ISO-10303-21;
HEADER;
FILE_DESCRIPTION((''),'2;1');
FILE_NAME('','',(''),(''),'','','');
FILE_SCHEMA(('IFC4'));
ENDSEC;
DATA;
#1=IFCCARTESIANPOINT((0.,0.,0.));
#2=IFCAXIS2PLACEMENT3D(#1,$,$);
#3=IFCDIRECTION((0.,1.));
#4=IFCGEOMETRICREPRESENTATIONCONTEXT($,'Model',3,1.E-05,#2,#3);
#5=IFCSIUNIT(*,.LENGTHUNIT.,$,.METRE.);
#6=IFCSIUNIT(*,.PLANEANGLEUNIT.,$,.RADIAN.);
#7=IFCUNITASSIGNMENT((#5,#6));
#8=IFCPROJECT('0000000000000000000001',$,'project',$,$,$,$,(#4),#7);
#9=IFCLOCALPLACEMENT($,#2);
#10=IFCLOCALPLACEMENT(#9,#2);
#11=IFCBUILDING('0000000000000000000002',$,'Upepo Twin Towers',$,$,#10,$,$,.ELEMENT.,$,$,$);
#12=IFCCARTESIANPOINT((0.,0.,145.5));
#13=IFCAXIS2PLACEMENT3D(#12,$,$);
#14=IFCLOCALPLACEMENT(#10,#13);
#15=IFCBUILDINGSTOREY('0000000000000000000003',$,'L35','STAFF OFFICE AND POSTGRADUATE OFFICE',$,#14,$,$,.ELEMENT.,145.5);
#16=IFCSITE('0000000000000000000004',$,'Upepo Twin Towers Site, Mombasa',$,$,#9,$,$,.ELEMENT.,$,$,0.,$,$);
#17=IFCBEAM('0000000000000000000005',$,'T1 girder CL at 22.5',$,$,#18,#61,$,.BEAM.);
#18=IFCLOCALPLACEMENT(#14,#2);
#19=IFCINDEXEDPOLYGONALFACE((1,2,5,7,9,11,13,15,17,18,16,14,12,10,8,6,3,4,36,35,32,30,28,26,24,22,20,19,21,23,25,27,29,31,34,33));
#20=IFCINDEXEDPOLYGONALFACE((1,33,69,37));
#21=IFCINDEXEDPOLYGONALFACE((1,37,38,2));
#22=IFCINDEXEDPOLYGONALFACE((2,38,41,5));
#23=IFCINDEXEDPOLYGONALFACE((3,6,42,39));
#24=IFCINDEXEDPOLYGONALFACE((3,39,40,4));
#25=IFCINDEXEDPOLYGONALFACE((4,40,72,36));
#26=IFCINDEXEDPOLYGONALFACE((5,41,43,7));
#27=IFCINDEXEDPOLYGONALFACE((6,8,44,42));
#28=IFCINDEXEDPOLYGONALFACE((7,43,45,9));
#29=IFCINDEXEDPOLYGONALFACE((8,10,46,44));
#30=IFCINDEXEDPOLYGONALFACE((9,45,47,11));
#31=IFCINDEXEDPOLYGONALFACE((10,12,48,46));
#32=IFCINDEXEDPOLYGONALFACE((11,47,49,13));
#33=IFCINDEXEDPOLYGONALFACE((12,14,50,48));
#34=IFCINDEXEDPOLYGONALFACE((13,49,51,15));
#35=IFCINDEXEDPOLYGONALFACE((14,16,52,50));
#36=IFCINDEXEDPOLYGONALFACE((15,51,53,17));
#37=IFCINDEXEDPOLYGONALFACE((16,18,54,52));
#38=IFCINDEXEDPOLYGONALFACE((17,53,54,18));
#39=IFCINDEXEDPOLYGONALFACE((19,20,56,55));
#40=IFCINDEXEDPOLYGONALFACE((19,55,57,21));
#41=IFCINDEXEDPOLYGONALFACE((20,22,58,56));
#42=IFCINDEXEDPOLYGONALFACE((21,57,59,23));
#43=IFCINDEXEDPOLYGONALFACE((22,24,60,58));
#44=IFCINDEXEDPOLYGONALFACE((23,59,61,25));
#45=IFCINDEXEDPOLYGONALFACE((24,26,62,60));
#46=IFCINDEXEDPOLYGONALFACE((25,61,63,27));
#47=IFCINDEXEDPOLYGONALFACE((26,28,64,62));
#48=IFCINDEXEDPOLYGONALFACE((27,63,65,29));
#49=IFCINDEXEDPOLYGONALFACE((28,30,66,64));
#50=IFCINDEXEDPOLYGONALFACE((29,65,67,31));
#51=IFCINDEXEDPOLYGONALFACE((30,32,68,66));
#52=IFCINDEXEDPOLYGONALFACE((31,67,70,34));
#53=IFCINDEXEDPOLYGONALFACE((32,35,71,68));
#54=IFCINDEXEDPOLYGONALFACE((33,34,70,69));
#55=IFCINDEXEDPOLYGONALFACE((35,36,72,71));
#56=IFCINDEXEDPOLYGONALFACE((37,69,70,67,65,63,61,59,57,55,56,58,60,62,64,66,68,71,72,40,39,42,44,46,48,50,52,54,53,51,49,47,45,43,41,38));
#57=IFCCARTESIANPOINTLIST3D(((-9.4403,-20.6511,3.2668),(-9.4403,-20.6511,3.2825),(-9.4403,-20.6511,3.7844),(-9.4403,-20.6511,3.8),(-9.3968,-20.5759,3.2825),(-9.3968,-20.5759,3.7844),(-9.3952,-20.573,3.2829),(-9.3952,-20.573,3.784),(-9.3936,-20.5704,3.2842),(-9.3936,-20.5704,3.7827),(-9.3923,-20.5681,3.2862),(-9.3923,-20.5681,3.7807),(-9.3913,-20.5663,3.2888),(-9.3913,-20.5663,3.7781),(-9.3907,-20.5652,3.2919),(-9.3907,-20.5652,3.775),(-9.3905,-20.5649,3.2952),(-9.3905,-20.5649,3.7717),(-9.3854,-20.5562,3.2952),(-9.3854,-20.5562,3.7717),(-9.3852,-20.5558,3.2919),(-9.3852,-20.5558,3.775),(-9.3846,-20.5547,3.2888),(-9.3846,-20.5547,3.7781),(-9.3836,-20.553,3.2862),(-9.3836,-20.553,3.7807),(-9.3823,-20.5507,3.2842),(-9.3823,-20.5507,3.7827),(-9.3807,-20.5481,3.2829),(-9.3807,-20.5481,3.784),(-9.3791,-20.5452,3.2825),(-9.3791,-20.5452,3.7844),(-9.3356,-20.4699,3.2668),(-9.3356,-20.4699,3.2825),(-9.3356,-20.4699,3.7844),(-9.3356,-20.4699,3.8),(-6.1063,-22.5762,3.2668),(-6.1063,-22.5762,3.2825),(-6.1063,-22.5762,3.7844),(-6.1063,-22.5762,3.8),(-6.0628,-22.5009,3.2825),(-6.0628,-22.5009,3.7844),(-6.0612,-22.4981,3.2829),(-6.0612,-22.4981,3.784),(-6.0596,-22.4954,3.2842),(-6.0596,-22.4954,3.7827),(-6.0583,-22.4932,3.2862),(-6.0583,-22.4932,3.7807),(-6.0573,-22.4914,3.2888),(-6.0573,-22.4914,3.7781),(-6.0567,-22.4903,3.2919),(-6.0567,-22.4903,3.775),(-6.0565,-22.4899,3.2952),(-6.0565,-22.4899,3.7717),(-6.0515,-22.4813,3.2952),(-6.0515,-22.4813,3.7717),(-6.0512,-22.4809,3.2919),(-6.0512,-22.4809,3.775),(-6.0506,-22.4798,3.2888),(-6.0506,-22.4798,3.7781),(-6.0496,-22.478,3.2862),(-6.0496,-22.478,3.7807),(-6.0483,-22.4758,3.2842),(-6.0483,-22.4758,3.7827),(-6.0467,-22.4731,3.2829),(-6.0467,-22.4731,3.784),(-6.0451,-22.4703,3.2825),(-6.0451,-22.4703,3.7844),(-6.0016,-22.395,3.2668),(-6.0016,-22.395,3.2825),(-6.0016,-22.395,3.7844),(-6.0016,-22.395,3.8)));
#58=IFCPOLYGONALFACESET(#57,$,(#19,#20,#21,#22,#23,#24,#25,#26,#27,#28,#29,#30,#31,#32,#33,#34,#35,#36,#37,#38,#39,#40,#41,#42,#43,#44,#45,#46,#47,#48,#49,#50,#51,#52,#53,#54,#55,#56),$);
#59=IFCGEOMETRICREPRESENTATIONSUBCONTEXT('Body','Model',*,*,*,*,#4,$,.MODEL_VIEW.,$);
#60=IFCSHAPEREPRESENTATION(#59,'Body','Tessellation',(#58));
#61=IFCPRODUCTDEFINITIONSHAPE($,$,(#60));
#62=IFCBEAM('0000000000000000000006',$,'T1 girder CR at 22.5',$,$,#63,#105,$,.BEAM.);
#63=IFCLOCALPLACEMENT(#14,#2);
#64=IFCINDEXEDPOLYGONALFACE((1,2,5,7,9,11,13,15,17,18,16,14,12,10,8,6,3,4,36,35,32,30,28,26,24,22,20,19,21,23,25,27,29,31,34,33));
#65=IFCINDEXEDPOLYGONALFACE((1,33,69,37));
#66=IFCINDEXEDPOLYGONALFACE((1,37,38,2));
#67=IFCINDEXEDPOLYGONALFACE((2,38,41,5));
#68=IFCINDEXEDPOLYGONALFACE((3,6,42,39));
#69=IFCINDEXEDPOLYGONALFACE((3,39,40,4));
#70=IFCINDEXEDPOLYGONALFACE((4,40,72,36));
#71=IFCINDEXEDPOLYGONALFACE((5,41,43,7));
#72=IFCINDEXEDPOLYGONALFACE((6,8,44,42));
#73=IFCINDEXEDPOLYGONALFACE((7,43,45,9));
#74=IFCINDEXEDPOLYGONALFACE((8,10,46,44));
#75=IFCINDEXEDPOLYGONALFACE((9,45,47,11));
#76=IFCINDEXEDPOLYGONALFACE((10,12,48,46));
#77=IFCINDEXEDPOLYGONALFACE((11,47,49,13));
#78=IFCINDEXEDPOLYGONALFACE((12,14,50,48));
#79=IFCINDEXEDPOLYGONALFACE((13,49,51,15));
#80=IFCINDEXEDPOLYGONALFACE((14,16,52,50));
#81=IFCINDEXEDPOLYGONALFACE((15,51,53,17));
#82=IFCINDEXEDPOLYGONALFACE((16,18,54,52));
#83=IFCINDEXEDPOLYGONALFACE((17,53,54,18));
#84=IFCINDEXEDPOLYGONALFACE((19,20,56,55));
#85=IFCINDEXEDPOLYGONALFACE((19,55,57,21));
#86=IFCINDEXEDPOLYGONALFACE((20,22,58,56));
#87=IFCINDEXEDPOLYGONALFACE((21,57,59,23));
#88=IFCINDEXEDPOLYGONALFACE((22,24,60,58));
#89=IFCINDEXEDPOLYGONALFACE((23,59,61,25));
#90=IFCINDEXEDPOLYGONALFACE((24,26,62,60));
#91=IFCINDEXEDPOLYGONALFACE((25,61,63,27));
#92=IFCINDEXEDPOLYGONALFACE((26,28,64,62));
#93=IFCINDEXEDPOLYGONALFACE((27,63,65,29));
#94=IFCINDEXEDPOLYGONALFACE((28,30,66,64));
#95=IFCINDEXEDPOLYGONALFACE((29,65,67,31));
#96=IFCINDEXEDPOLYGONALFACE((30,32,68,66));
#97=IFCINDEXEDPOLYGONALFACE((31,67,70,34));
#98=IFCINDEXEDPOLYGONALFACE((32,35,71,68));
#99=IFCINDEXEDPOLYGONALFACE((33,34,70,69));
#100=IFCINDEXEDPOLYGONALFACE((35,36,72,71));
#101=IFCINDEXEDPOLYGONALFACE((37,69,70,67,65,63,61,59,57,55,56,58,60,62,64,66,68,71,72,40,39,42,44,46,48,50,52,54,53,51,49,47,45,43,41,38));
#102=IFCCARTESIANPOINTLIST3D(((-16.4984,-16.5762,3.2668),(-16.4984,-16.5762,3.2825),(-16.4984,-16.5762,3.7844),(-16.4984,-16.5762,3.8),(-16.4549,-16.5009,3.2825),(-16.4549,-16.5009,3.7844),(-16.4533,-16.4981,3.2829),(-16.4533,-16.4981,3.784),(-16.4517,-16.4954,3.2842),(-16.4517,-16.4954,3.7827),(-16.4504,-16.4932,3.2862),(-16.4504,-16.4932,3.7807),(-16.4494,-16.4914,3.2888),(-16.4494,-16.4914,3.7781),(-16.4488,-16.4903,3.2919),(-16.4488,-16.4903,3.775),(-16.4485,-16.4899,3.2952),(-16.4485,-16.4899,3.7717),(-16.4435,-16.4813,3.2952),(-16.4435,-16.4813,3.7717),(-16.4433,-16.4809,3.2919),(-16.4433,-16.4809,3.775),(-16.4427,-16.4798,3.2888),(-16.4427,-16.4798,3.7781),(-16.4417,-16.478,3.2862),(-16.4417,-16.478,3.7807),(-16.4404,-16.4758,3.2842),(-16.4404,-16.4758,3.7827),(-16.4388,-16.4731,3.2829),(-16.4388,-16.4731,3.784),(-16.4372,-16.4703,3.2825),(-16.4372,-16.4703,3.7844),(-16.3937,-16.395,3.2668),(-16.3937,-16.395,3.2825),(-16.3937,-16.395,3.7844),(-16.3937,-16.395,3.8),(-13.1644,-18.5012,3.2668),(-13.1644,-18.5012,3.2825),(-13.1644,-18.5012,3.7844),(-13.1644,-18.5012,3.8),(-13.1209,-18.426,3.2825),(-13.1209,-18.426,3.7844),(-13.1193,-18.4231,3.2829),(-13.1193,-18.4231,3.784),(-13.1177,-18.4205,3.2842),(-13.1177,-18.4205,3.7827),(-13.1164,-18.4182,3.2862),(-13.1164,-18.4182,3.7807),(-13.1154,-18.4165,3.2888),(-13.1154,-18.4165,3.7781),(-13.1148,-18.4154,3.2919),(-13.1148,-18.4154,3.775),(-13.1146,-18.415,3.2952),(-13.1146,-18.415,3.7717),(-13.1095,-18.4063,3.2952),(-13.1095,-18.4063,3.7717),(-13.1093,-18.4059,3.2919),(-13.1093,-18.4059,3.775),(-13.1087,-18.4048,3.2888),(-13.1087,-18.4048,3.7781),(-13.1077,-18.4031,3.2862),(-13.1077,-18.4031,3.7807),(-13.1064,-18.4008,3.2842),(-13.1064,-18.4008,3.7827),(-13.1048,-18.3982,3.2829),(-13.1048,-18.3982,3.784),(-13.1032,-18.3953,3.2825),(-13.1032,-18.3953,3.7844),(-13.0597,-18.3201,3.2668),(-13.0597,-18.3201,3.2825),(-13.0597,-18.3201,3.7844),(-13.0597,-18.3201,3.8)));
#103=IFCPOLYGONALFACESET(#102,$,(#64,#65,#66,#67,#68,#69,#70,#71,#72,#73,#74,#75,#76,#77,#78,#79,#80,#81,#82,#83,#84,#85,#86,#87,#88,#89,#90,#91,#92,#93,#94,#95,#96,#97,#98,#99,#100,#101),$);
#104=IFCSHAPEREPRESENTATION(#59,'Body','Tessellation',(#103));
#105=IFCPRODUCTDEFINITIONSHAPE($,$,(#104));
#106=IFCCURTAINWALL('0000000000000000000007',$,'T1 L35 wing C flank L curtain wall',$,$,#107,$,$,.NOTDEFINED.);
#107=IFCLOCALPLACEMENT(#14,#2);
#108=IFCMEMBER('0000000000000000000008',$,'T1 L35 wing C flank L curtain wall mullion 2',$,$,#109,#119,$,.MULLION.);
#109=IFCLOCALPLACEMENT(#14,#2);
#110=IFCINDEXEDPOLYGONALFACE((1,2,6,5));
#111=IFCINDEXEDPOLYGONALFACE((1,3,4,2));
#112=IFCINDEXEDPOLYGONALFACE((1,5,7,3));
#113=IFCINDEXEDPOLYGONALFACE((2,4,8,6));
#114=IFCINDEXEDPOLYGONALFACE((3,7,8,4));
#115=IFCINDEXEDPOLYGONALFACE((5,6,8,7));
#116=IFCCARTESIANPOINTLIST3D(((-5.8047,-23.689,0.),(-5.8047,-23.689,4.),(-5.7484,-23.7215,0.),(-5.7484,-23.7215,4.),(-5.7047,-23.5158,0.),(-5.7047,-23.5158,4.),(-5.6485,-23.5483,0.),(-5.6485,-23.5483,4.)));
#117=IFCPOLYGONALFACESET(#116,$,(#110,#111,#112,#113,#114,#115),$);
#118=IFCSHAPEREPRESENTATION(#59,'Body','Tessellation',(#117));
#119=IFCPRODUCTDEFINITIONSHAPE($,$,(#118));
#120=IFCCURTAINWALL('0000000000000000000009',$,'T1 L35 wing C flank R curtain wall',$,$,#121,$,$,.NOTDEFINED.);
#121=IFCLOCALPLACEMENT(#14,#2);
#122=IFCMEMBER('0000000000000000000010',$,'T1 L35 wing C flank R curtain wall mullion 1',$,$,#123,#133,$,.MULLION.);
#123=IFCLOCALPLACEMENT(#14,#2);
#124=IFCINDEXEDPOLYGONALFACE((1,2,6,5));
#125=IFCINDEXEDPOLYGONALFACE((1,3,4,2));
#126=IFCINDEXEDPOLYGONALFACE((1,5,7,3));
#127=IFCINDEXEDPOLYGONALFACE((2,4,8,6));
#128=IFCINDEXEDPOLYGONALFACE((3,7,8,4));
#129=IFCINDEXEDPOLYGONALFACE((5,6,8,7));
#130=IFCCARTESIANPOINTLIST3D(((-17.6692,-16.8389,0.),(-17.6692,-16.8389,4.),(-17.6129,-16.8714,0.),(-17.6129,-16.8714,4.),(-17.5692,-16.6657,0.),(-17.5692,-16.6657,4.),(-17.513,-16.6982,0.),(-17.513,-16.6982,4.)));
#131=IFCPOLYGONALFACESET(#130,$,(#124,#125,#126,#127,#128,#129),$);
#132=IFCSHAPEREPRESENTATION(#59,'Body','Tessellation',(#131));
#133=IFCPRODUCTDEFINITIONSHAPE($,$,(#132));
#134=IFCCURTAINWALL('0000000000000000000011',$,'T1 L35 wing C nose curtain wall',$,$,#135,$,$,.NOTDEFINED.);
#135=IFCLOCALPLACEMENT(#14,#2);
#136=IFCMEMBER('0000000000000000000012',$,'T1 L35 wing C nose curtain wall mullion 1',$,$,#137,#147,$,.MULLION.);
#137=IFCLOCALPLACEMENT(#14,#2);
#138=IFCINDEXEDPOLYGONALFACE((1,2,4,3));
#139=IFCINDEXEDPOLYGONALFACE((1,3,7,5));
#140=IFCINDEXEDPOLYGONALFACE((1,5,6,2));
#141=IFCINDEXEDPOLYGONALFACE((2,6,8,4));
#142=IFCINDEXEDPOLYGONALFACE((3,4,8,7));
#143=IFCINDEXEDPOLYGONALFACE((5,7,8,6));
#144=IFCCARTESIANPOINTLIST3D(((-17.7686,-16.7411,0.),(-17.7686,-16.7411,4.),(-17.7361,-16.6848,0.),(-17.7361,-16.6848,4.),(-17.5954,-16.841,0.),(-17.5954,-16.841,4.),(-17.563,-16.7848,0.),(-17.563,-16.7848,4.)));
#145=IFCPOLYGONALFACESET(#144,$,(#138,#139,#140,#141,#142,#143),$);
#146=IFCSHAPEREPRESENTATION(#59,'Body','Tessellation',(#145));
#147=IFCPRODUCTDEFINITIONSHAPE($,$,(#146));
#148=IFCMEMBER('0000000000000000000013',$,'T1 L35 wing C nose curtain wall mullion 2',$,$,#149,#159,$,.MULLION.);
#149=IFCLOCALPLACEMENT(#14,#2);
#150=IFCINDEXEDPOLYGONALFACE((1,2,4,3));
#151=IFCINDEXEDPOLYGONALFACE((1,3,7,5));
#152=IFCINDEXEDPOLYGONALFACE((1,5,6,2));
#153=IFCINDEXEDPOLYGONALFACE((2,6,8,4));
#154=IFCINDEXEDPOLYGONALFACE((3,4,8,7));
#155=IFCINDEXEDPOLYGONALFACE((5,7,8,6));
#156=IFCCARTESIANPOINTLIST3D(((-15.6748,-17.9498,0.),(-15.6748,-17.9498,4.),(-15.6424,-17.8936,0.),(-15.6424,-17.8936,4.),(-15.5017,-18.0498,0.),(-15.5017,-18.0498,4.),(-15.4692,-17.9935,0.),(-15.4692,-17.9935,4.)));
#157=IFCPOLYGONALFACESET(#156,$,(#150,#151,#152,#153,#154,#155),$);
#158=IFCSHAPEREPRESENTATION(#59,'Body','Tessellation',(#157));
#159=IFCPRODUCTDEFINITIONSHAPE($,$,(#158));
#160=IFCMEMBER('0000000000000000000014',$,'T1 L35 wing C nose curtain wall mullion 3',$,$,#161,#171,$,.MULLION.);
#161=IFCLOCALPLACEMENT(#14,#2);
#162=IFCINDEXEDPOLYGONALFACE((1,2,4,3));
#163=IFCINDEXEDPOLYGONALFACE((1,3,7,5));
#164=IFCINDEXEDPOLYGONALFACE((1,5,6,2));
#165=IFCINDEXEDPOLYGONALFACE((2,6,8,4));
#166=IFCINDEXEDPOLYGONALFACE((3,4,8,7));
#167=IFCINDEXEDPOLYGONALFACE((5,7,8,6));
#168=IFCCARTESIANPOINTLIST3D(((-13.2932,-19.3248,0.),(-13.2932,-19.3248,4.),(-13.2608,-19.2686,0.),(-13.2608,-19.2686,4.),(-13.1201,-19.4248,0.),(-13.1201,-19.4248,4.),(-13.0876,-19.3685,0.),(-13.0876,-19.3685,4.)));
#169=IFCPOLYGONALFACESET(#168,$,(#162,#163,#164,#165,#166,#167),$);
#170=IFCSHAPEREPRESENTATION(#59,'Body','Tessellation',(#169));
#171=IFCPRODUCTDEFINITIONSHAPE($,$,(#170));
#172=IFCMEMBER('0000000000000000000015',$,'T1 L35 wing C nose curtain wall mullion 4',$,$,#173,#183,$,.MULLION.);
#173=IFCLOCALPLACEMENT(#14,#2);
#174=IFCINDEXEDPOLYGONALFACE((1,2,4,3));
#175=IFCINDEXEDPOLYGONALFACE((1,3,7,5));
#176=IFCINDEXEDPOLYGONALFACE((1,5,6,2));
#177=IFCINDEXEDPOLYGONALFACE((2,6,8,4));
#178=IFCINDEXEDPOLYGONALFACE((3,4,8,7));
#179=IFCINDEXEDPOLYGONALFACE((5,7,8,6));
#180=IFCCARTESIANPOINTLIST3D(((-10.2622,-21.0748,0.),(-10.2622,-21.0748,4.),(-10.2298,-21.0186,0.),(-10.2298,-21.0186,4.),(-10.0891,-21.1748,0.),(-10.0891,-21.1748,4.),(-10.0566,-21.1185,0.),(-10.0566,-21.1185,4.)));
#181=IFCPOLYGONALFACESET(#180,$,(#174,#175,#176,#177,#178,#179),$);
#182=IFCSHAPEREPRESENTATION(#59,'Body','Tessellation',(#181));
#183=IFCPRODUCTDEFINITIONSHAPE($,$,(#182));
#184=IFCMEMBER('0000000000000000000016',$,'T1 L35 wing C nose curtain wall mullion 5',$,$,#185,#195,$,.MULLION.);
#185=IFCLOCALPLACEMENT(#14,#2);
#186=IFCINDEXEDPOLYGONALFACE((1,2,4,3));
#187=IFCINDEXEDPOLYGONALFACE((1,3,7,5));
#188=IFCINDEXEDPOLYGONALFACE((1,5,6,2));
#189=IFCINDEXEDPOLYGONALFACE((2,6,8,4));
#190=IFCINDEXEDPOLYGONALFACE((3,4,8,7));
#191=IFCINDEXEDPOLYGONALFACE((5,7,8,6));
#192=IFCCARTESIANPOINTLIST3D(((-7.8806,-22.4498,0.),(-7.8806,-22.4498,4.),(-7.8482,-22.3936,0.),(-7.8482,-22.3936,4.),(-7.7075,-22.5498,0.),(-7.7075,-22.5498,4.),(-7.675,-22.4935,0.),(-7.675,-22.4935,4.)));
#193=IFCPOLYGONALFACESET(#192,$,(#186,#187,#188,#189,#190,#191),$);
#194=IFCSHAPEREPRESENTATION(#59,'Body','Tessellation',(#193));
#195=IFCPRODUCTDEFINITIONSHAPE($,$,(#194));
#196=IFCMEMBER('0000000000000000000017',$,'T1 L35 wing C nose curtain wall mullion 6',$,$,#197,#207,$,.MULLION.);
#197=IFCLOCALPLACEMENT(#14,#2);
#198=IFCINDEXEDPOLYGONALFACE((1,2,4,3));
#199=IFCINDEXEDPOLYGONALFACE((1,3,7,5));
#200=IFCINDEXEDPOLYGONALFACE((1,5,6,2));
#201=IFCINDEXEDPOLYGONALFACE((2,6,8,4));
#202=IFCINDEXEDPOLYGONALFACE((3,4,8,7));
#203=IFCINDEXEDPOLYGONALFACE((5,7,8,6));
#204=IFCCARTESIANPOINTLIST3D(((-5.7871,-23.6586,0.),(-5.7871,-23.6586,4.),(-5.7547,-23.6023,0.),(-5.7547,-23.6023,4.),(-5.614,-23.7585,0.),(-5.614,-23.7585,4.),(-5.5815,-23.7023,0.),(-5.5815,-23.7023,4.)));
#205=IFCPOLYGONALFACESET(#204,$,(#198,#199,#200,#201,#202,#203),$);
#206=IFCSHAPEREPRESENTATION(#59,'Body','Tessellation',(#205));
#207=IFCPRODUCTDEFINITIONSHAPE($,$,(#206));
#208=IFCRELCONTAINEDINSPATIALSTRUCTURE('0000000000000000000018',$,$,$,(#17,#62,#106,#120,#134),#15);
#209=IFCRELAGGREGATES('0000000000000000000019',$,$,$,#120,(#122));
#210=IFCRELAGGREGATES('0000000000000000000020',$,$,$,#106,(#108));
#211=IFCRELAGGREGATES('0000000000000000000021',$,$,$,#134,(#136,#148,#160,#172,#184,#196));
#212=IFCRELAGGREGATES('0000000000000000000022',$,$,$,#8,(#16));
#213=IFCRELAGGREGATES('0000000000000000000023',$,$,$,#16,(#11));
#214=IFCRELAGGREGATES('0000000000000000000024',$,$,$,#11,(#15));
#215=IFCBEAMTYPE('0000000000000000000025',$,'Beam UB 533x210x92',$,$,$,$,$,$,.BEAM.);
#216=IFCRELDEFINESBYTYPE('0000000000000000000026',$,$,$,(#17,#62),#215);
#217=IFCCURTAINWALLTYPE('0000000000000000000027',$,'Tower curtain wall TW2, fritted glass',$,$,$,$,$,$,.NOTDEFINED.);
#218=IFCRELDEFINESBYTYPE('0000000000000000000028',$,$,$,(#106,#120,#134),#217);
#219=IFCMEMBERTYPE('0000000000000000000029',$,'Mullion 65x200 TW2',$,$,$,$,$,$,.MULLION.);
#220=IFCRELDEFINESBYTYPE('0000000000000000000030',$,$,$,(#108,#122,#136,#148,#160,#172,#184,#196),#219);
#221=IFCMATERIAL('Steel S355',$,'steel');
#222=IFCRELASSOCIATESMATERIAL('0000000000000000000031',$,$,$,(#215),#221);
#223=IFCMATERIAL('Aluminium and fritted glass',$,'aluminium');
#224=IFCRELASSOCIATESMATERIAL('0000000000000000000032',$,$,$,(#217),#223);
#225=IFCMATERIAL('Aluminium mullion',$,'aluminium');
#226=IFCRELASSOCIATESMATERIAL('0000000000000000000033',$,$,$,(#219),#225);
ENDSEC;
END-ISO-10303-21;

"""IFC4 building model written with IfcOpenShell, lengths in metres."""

from ifc_helpers import new_model, si_unit, direction, frame, origin, origin_2d, place, context, subcontext, project, spatial, rectangle, i_section, extrude, material, material_profile, profile_set, type_object, element, aggregate, save


model = new_model("IFC4")

# Units and contexts
model_context = context("Model", 3, precision=1e-05, world=origin(), true_north=direction((0.0, 1.0)))
body_context = subcontext(model_context, "Body", "Model", "MODEL_VIEW")
ifc_project = project(units=[si_unit("LENGTHUNIT", "METRE"), si_unit("PLANEANGLEUNIT", "RADIAN")], contexts=[model_context])

# Site, building, storey
site_placement = place(None, origin())
site = spatial("IfcSite", under=ifc_project, at=site_placement, Name="Upepo Twin Towers Site, Mombasa", CompositionType="ELEMENT", RefElevation=0.0)
building_placement = place(site_placement, origin())
building = spatial("IfcBuilding", under=site, at=building_placement, Name="Upepo Twin Towers", CompositionType="ELEMENT")
storey_placement = place(building_placement, frame((0.0, 0.0, 145.5)))
storey = spatial("IfcBuildingStorey", under=building, at=storey_placement, Name="L35", Description="STAFF OFFICE AND POSTGRADUATE OFFICE", CompositionType="ELEMENT", Elevation=145.5)

# Beams
ifc_material_1 = material(Name="Steel S355", Category="steel")
ifc_material_profile_1 = material_profile(ifc_material_1, i_section(OverallWidth=0.2092, OverallDepth=0.5332, WebThickness=0.01, FlangeThickness=0.0156, FilletRadius=0.0127, at=origin_2d()), Name="UB 533x210x92")
ifc_profile_set_1 = profile_set([ifc_material_profile_1], Name="Steel S355")
beam_type_1 = type_object("IfcBeamType", Name="Beam UB 533x210x92", PredefinedType="BEAM", material=ifc_profile_set_1)
for number, where, z_axis, x_axis, name in (
    (1, (-6.054, -22.4856, 3.5334), (-0.866006, 0.500034, 0.0), (-0.500034, -0.866006, 0.0), "T1 girder CL at 22.5"),
    (2, (-16.446, -16.4856, 3.5334), (0.866006, -0.500034, 0.0), (0.500034, 0.866006, 0.0), "T1 girder CR at 22.5"),
):
    element("IfcBeam", number, at=place(storey_placement, frame(where, z_axis=z_axis, x_axis=x_axis)), inside=storey, type_object=beam_type_1, Name=name, PredefinedType="BEAM", context=body_context, shape_type="SweptSolid", body=[
        extrude(i_section(OverallWidth=0.2092, OverallDepth=0.5332, WebThickness=0.01, FlangeThickness=0.0156, FilletRadius=0.0127, at=origin_2d()), origin(), (0.0, 0.0, 1.0), 3.8499),
    ])

# Curtain walls, members
ifc_material_2 = material(Name="Aluminium and fritted glass", Category="aluminium")
curtain_wall_type = type_object("IfcCurtainWallType", Name="Tower curtain wall TW2, fritted glass", PredefinedType="NOTDEFINED", material=ifc_material_2)
curtain_wall_1_placement = place(storey_placement, origin())
curtain_wall_1 = element("IfcCurtainWall", 3, at=curtain_wall_1_placement, inside=storey, type_object=curtain_wall_type, Name="T1 L35 wing C flank L curtain wall", PredefinedType="NOTDEFINED")
ifc_material_3 = material(Name="Aluminium mullion", Category="aluminium")
ifc_material_profile_2 = material_profile(ifc_material_3, rectangle(XDim=0.0649, YDim=0.2, at=origin_2d()), Name="MULLION 65x200")
ifc_profile_set_2 = profile_set([ifc_material_profile_2], Name="Aluminium mullion")
member_type_1 = type_object("IfcMemberType", Name="Mullion 65x200 TW2", PredefinedType="MULLION", material=ifc_profile_set_2)
member_1_placement = place(storey_placement, frame((-5.7266, -23.6187, 0.0), z_axis=(0.0, 0.0, 1.0), x_axis=(0.866025, -0.5, 0.0)))
member_1 = element("IfcMember", 4, at=member_1_placement, type_object=member_type_1, Name="T1 L35 wing C flank L curtain wall mullion 2", PredefinedType="MULLION", context=body_context, shape_type="SweptSolid", body=[
    extrude(rectangle(XDim=0.0649, YDim=0.2, at=origin_2d()), origin(), (0.0, 0.0, 1.0), 4.0),
])
curtain_wall_2_placement = place(storey_placement, origin())
curtain_wall_2 = element("IfcCurtainWall", 5, at=curtain_wall_2_placement, inside=storey, type_object=curtain_wall_type, Name="T1 L35 wing C flank R curtain wall", PredefinedType="NOTDEFINED")
member_2_placement = place(storey_placement, frame((-17.5911, -16.7686, 0.0), z_axis=(0.0, 0.0, 1.0), x_axis=(-0.866025, 0.5, 0.0)))
member_2 = element("IfcMember", 6, at=member_2_placement, type_object=member_type_1, Name="T1 L35 wing C flank R curtain wall mullion 1", PredefinedType="MULLION", context=body_context, shape_type="SweptSolid", body=[
    extrude(rectangle(XDim=0.0649, YDim=0.2, at=origin_2d()), origin(), (0.0, 0.0, 1.0), 4.0),
])

# Curtain wall, members
curtain_wall_3_placement = place(storey_placement, origin())
curtain_wall_3 = element("IfcCurtainWall", 7, at=curtain_wall_3_placement, inside=storey, type_object=curtain_wall_type, Name="T1 L35 wing C nose curtain wall", PredefinedType="NOTDEFINED")
member_3_placement = place(storey_placement, frame((-17.6658, -16.7629, 0.0), z_axis=(0.0, 0.0, 1.0), x_axis=(0.5, 0.866025, 0.0)))
member_3 = element("IfcMember", 8, at=member_3_placement, type_object=member_type_1, Name="T1 L35 wing C nose curtain wall mullion 1", PredefinedType="MULLION", context=body_context, shape_type="SweptSolid", body=[
    extrude(rectangle(XDim=0.0649, YDim=0.2, at=origin_2d()), origin(), (0.0, 0.0, 1.0), 4.0),
])
member_4_placement = place(storey_placement, frame((-15.572, -17.9717, 0.0), z_axis=(0.0, 0.0, 1.0), x_axis=(0.5, 0.866025, 0.0)))
member_4 = element("IfcMember", 9, at=member_4_placement, type_object=member_type_1, Name="T1 L35 wing C nose curtain wall mullion 2", PredefinedType="MULLION", context=body_context, shape_type="SweptSolid", body=[
    extrude(rectangle(XDim=0.0649, YDim=0.2, at=origin_2d()), origin(), (0.0, 0.0, 1.0), 4.0),
])
member_5_placement = place(storey_placement, frame((-13.1904, -19.3467, 0.0), z_axis=(0.0, 0.0, 1.0), x_axis=(0.5, 0.866025, 0.0)))
member_5 = element("IfcMember", 10, at=member_5_placement, type_object=member_type_1, Name="T1 L35 wing C nose curtain wall mullion 3", PredefinedType="MULLION", context=body_context, shape_type="SweptSolid", body=[
    extrude(rectangle(XDim=0.0649, YDim=0.2, at=origin_2d()), origin(), (0.0, 0.0, 1.0), 4.0),
])
member_6_placement = place(storey_placement, frame((-10.1594, -21.0967, 0.0), z_axis=(0.0, 0.0, 1.0), x_axis=(0.5, 0.866025, 0.0)))
member_6 = element("IfcMember", 11, at=member_6_placement, type_object=member_type_1, Name="T1 L35 wing C nose curtain wall mullion 4", PredefinedType="MULLION", context=body_context, shape_type="SweptSolid", body=[
    extrude(rectangle(XDim=0.0649, YDim=0.2, at=origin_2d()), origin(), (0.0, 0.0, 1.0), 4.0),
])
member_7_placement = place(storey_placement, frame((-7.7778, -22.4717, 0.0), z_axis=(0.0, 0.0, 1.0), x_axis=(0.5, 0.866025, 0.0)))
member_7 = element("IfcMember", 12, at=member_7_placement, type_object=member_type_1, Name="T1 L35 wing C nose curtain wall mullion 5", PredefinedType="MULLION", context=body_context, shape_type="SweptSolid", body=[
    extrude(rectangle(XDim=0.0649, YDim=0.2, at=origin_2d()), origin(), (0.0, 0.0, 1.0), 4.0),
])
member_8_placement = place(storey_placement, frame((-5.6843, -23.6804, 0.0), z_axis=(0.0, 0.0, 1.0), x_axis=(0.5, 0.866025, 0.0)))
member_8 = element("IfcMember", 13, at=member_8_placement, type_object=member_type_1, Name="T1 L35 wing C nose curtain wall mullion 6", PredefinedType="MULLION", context=body_context, shape_type="SweptSolid", body=[
    extrude(rectangle(XDim=0.0649, YDim=0.2, at=origin_2d()), origin(), (0.0, 0.0, 1.0), 4.0),
])

aggregate(curtain_wall_2, [member_2])

aggregate(curtain_wall_1, [member_1])
aggregate(curtain_wall_3, [member_3, member_4, member_5, member_6, member_7, member_8])

save(model, "model.ifc")
